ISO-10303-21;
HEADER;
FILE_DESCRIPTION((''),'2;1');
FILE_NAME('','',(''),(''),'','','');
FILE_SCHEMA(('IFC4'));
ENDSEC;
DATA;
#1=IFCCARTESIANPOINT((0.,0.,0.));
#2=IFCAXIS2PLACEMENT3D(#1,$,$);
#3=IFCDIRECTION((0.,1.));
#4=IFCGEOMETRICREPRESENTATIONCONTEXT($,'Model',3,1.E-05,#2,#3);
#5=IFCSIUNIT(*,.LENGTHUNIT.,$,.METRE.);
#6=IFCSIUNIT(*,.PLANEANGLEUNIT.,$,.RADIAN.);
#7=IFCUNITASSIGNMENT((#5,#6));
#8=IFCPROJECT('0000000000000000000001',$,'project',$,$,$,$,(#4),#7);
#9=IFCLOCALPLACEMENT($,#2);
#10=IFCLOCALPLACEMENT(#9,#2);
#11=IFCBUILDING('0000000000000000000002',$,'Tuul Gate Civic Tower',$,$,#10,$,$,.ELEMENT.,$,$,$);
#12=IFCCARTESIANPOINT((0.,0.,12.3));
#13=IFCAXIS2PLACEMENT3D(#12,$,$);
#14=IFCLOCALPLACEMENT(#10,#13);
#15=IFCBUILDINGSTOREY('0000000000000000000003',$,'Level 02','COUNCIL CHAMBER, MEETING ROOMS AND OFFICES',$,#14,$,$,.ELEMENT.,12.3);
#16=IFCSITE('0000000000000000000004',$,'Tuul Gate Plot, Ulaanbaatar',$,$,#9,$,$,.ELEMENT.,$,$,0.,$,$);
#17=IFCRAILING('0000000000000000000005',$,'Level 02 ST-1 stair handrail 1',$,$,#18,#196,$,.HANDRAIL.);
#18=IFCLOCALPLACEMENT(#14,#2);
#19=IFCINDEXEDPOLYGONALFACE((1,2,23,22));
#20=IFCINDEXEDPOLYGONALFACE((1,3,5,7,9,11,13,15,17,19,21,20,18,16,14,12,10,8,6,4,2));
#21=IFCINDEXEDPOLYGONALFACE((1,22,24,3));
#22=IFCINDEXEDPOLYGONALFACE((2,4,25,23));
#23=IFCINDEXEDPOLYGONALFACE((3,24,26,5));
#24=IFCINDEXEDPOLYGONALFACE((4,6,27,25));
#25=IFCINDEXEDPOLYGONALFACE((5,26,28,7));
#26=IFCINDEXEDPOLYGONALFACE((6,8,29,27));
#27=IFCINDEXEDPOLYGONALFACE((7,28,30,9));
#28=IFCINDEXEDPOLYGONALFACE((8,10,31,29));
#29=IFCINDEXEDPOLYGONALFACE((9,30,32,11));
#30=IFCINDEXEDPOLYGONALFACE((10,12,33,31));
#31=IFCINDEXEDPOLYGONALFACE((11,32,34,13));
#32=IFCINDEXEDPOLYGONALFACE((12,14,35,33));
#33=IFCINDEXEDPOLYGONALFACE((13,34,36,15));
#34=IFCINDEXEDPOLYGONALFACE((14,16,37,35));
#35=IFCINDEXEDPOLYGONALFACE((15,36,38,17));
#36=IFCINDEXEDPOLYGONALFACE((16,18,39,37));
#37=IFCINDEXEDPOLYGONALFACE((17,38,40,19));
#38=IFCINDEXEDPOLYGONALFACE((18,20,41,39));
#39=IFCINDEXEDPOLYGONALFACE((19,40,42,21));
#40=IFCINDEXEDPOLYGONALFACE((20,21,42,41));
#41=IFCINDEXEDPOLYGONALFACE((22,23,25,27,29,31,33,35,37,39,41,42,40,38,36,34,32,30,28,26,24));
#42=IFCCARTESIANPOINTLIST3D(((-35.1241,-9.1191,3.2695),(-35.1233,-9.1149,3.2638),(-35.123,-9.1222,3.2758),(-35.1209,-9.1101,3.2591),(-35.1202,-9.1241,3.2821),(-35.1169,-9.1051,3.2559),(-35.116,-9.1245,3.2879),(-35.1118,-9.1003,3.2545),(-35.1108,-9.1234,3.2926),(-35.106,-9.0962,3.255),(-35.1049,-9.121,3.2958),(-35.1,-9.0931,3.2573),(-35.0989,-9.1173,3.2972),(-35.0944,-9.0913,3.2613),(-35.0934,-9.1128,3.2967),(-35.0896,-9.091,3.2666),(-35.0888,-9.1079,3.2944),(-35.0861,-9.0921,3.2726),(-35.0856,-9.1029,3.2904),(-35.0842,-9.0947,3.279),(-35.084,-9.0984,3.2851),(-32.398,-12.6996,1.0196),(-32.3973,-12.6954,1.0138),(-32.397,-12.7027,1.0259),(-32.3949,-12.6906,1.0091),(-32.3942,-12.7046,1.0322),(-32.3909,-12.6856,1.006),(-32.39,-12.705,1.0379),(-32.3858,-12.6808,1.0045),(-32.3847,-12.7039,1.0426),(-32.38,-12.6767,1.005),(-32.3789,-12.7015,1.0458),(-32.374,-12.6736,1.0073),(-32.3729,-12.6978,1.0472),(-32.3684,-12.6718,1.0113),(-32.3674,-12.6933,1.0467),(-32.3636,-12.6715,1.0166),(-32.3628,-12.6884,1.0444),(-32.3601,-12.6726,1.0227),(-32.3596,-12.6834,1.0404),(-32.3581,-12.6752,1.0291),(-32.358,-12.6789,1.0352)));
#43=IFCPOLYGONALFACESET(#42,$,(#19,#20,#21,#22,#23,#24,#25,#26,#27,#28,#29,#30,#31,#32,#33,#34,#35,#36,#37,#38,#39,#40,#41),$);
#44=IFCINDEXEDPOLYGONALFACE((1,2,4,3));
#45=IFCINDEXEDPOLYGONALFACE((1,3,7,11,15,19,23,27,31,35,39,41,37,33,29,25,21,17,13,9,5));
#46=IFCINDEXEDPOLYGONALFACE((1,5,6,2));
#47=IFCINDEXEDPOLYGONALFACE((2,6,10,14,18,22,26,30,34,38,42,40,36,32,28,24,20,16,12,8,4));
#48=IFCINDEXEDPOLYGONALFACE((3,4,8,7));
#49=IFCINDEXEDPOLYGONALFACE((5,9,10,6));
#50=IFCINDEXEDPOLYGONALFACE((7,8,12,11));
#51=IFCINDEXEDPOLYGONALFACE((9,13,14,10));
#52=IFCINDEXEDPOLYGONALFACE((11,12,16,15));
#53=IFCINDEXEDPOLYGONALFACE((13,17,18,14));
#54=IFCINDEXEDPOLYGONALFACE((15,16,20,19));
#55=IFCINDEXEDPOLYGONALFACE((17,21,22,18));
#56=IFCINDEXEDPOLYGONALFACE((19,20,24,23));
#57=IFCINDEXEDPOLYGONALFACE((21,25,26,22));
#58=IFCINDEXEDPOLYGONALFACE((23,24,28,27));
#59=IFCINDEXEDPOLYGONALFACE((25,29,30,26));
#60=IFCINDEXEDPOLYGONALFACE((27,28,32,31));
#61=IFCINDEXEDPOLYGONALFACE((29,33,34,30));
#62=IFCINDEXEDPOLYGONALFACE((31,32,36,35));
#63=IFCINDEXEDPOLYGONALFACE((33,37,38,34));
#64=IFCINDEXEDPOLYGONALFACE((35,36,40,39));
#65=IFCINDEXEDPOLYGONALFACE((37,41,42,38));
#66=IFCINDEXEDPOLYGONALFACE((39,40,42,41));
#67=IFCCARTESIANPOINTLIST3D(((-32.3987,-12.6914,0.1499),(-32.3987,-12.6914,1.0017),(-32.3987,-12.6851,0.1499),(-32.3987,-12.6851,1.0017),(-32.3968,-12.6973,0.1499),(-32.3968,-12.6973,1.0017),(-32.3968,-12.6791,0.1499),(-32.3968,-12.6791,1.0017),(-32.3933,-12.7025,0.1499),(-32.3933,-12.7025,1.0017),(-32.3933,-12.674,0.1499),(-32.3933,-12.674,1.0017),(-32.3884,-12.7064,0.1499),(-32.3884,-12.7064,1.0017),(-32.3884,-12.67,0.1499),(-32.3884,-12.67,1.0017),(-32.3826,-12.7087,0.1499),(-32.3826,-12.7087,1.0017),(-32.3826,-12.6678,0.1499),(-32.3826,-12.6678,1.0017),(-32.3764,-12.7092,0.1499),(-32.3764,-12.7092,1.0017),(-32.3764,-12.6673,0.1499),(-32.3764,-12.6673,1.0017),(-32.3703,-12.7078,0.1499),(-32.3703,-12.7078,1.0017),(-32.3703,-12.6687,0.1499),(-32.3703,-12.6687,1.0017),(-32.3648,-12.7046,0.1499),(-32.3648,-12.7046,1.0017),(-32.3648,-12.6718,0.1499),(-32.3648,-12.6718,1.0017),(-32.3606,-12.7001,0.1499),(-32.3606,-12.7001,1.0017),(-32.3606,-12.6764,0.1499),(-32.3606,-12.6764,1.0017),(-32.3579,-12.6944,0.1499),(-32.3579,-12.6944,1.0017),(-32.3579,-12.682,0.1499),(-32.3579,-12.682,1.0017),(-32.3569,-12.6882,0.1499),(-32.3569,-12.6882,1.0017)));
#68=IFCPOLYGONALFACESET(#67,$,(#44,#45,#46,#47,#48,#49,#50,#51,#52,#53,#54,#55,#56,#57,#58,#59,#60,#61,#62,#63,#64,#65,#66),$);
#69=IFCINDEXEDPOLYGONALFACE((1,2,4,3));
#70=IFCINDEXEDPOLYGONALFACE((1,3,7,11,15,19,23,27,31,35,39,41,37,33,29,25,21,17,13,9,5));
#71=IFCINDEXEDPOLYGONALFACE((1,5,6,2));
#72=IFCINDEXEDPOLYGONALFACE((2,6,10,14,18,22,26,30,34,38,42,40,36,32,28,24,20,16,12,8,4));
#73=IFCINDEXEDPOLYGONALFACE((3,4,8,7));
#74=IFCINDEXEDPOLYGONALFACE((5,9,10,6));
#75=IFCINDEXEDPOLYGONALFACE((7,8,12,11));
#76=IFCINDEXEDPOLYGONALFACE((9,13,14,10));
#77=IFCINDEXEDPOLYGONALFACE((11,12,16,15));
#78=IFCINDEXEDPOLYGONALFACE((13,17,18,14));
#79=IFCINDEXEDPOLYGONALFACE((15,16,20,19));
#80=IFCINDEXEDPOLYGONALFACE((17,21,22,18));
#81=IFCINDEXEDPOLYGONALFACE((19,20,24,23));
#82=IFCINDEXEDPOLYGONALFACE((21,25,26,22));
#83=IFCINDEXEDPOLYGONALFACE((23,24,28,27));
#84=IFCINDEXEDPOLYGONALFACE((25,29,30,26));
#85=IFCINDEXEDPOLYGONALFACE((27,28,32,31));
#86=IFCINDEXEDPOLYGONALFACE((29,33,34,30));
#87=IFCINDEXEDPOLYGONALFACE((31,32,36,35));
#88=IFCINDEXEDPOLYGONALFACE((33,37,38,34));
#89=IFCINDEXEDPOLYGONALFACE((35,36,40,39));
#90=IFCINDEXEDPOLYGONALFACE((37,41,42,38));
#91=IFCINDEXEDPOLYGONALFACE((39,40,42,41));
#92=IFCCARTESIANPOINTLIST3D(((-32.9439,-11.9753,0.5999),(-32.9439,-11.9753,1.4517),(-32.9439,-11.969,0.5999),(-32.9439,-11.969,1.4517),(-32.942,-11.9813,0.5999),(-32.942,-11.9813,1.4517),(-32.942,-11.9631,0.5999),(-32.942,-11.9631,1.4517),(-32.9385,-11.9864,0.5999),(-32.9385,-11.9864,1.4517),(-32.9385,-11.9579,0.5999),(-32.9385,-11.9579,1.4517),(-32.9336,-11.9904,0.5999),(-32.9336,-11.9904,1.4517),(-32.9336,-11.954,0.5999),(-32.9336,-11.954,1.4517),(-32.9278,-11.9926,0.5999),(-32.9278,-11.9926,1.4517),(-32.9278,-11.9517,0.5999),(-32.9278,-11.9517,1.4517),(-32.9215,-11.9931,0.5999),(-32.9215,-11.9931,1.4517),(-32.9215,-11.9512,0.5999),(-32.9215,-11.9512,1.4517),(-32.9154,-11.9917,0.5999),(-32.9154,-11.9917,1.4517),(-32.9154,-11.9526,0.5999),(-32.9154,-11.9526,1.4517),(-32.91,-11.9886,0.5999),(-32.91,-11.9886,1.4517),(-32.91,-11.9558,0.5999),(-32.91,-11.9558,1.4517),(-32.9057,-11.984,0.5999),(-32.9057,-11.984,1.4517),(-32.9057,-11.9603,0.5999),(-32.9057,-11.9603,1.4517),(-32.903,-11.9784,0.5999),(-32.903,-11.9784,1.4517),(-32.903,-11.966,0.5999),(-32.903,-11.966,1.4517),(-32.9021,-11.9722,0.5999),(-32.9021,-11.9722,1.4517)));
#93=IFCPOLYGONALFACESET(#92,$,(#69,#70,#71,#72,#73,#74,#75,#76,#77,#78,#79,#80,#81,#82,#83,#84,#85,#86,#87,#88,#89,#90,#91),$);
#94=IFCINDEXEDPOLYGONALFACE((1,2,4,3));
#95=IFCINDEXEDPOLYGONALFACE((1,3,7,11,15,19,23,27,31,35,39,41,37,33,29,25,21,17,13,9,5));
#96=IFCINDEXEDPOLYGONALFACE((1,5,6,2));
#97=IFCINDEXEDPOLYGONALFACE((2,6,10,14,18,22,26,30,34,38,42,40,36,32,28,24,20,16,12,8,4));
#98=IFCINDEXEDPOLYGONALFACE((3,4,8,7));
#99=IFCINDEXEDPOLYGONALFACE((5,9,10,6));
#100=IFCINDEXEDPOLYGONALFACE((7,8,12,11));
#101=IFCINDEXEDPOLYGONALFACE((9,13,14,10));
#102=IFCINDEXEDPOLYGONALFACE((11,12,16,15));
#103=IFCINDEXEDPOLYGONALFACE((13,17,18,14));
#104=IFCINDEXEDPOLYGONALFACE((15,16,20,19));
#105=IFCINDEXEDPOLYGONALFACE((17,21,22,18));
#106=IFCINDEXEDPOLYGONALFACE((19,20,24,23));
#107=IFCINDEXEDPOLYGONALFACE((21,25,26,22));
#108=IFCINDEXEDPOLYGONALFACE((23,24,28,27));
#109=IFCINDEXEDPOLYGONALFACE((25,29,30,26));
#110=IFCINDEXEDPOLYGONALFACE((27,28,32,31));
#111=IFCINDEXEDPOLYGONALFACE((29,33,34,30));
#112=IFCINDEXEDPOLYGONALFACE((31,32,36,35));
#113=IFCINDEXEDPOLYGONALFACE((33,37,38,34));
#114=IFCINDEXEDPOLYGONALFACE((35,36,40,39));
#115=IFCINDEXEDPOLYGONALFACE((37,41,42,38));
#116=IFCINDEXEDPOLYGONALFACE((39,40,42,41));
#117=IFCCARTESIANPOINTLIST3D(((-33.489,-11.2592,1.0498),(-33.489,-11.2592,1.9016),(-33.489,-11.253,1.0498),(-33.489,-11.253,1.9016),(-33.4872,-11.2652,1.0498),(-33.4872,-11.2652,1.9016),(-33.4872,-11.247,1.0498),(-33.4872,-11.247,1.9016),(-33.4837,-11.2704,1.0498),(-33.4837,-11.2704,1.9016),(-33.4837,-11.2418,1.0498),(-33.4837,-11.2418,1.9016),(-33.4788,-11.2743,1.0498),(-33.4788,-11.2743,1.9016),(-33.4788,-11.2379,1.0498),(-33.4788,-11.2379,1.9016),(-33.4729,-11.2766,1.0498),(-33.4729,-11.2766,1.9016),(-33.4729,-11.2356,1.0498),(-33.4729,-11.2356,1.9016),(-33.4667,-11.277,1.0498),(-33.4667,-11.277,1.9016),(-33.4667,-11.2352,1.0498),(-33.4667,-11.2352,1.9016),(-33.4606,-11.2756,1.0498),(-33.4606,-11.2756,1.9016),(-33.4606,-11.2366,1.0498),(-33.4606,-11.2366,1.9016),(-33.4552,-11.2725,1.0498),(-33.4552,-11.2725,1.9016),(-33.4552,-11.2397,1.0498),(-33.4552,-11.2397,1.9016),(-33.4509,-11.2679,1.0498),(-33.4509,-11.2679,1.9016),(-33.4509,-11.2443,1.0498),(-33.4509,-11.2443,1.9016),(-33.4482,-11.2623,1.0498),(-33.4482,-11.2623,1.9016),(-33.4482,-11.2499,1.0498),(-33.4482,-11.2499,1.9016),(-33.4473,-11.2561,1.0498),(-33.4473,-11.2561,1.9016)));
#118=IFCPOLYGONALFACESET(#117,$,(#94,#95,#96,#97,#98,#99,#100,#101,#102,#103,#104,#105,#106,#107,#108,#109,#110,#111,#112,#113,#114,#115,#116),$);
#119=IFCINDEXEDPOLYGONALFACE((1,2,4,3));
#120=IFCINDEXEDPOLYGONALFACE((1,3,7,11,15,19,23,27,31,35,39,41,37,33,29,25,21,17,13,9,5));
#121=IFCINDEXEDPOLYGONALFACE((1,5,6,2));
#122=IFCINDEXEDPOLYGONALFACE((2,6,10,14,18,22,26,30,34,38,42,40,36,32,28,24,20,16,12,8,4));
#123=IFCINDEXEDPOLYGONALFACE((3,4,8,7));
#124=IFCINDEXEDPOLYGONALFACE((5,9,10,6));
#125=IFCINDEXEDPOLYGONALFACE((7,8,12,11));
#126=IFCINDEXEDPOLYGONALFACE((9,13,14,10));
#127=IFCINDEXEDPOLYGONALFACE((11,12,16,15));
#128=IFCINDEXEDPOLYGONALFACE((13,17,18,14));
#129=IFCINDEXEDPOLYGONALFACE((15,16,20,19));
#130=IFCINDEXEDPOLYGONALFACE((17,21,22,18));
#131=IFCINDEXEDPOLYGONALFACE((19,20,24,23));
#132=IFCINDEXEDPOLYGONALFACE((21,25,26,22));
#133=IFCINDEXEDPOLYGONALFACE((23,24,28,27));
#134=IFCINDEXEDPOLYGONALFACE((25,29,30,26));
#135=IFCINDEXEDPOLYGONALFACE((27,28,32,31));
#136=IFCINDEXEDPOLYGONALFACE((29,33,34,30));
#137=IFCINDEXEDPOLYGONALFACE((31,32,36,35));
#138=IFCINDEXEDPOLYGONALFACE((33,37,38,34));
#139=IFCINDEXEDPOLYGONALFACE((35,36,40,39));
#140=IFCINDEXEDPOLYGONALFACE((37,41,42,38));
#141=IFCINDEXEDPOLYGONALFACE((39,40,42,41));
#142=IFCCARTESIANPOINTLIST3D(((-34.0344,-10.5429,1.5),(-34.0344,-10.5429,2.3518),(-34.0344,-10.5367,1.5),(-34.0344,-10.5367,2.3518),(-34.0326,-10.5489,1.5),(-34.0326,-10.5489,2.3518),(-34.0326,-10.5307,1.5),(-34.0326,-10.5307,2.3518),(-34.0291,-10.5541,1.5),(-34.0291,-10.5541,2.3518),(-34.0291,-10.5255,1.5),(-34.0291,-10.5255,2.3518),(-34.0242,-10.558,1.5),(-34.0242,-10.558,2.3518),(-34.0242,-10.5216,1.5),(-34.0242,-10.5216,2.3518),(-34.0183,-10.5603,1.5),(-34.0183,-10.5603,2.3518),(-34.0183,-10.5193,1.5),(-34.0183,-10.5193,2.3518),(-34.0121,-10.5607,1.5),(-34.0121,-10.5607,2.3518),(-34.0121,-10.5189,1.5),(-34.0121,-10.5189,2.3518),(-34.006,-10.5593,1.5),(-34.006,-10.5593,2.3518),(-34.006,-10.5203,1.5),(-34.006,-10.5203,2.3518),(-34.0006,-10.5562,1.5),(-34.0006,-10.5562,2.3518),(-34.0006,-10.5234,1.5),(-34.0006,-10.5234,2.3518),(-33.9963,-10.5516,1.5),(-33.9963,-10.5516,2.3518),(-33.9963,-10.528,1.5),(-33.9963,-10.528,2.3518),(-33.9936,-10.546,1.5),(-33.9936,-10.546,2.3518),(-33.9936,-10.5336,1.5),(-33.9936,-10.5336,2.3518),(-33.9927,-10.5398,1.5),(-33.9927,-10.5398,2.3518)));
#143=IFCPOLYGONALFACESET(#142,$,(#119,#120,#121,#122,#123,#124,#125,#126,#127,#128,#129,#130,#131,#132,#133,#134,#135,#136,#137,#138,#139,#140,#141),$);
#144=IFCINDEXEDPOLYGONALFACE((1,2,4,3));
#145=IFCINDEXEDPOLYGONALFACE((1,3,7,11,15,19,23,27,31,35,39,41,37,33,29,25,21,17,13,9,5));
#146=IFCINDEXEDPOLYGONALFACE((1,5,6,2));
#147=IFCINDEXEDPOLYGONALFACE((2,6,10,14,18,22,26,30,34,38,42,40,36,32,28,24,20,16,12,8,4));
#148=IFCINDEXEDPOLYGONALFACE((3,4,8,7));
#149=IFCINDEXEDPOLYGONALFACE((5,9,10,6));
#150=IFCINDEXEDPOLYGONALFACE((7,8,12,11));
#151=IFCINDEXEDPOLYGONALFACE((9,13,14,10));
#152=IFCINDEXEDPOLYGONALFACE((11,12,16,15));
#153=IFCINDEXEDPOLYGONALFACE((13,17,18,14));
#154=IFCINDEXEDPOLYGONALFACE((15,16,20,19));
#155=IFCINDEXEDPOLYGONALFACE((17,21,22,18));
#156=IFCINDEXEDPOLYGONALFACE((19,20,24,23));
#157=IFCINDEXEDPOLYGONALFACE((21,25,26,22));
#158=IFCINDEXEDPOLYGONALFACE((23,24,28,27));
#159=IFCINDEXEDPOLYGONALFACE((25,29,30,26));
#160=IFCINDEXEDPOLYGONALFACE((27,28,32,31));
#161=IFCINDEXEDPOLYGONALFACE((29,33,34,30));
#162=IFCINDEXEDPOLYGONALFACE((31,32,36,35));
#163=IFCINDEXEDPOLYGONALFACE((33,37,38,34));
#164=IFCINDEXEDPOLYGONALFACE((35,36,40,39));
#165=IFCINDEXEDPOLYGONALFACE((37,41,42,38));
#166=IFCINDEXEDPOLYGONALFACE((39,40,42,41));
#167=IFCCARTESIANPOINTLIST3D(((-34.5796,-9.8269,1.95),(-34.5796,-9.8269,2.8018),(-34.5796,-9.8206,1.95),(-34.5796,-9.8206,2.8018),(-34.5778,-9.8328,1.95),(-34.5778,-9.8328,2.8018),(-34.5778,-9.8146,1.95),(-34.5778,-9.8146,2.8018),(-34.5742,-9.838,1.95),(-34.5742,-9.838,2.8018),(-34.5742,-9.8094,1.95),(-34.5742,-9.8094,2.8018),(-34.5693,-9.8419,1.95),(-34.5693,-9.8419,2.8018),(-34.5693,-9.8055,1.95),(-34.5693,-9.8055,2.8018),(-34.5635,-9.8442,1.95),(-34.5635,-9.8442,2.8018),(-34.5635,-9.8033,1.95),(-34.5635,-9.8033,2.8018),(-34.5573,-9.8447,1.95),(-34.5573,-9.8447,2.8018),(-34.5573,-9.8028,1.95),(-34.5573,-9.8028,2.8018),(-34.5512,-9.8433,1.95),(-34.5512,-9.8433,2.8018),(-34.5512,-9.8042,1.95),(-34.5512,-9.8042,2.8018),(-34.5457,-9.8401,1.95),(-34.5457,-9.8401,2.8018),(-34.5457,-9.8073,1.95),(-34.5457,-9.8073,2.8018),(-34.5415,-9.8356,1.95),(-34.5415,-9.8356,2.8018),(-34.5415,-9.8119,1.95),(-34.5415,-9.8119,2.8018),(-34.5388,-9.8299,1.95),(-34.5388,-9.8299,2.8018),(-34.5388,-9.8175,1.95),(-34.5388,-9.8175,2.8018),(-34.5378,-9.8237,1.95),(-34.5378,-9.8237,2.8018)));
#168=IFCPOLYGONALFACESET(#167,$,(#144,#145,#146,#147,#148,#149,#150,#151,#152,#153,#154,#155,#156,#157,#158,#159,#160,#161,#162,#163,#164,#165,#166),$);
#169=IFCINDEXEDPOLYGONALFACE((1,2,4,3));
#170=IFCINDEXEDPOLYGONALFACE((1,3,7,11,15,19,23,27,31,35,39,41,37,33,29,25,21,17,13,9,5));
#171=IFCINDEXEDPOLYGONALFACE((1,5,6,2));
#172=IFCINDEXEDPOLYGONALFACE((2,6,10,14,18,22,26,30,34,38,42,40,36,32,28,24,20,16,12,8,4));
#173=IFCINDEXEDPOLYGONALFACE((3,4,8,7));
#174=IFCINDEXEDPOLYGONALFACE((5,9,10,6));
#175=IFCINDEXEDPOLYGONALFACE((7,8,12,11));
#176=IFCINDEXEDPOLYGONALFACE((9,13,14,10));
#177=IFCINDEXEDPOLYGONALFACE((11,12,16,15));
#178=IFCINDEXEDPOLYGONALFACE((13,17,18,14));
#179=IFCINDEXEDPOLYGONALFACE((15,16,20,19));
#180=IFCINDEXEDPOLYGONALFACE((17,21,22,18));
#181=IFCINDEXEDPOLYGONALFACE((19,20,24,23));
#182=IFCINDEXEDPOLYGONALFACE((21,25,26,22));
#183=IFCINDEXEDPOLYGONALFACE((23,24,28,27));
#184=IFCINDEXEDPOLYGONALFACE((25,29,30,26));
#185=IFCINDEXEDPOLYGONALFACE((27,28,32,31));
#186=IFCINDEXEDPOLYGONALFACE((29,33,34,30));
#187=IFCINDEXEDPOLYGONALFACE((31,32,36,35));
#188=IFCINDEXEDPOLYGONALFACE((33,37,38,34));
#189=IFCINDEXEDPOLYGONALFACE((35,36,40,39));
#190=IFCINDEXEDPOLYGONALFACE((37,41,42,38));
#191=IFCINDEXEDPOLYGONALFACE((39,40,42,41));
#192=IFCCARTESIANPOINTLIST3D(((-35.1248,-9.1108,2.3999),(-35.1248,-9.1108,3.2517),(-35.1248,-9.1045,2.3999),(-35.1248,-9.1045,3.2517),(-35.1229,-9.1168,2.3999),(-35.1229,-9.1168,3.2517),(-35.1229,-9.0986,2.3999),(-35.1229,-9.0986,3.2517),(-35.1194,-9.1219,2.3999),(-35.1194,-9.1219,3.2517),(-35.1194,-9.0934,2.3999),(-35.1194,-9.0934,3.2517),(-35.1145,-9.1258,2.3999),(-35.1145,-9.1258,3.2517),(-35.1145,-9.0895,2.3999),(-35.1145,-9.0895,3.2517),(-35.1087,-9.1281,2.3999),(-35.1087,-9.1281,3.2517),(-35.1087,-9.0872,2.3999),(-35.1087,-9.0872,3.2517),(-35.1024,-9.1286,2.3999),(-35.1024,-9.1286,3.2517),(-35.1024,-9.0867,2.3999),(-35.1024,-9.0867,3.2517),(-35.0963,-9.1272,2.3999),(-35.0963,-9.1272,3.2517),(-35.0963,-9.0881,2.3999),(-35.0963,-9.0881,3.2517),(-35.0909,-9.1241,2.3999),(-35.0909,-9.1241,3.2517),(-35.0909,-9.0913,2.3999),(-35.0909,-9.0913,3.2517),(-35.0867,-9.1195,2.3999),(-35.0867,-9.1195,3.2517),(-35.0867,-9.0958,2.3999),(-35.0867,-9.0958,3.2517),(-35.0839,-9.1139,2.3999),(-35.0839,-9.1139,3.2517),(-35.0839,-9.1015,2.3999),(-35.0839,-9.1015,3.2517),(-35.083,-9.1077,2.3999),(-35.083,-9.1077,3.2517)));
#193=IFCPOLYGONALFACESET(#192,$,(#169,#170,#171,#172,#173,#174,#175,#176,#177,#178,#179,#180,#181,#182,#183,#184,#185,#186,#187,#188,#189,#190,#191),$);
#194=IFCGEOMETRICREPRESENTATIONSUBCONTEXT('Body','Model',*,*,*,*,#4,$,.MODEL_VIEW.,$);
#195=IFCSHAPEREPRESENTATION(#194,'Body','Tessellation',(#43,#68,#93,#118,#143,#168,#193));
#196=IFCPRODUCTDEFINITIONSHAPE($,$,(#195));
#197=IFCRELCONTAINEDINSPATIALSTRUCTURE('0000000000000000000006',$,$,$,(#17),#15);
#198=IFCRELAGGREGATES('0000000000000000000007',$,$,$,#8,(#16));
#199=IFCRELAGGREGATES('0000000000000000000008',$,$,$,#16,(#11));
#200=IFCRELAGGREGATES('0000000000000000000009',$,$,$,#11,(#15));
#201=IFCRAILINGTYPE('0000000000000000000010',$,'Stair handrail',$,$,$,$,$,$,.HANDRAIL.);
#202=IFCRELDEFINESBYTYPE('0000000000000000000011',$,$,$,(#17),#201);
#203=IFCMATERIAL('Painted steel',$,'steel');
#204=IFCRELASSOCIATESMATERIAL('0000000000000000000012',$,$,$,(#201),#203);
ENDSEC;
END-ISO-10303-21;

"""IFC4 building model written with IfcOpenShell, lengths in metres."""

from ifc_helpers import new_model, si_unit, direction, frame, origin, origin_2d, place, context, subcontext, project, spatial, circle, extrude, material, type_object, element, save


model = new_model("IFC4")

# Units and contexts
model_context = context("Model", 3, precision=1e-05, world=origin(), true_north=direction((0.0, 1.0)))
body_context = subcontext(model_context, "Body", "Model", "MODEL_VIEW")
ifc_project = project(units=[si_unit("LENGTHUNIT", "METRE"), si_unit("PLANEANGLEUNIT", "RADIAN")], contexts=[model_context])

# Site, building, storey
site_placement = place(None, origin())
site = spatial("IfcSite", under=ifc_project, at=site_placement, Name="Tuul Gate Plot, Ulaanbaatar", CompositionType="ELEMENT", RefElevation=0.0)
building_placement = place(site_placement, origin())
building = spatial("IfcBuilding", under=site, at=building_placement, Name="Tuul Gate Civic Tower", CompositionType="ELEMENT")
storey_placement = place(building_placement, frame((0.0, 0.0, 12.3)))
storey = spatial("IfcBuildingStorey", under=building, at=storey_placement, Name="Level 02", Description="COUNCIL CHAMBER, MEETING ROOMS AND OFFICES", CompositionType="ELEMENT", Elevation=12.3)

# Railing
ifc_material_1 = material(Name="Painted steel", Category="steel")
railing_type_1 = type_object("IfcRailingType", Name="Stair handrail", PredefinedType="HANDRAIL", material=ifc_material_1)
railing_1_placement = place(storey_placement, frame((-32.3779, -12.6882, 0.1499)))
element("IfcRailing", 1, at=railing_1_placement, inside=storey, type_object=railing_type_1, Name="Level 02 ST-1 stair handrail 1", PredefinedType="HANDRAIL", context=body_context, shape_type="SweptSolid", body=[
    extrude(circle(Radius=0.0239, at=origin_2d()), frame((0.0, 0.0, 0.876), z_axis=(-0.541818, 0.711652, 0.447196), x_axis=(-0.795643, -0.605765, 0.0)), (0.0, 0.0, 1.0), 5.0312),
    extrude(circle(Radius=0.021, at=origin_2d()), origin(), (0.0, 0.0, 1.0), 0.8518),
    extrude(circle(Radius=0.021, at=origin_2d()), frame((-0.5452, 0.7161, 0.45)), (0.0, 0.0, 1.0), 0.8518),
    extrude(circle(Radius=0.021, at=origin_2d()), frame((-1.0903, 1.4321, 0.8999)), (0.0, 0.0, 1.0), 0.8518),
    extrude(circle(Radius=0.021, at=origin_2d()), frame((-1.6357, 2.1484, 1.3501)), (0.0, 0.0, 1.0), 0.8518),
    extrude(circle(Radius=0.021, at=origin_2d()), frame((-2.1809, 2.8645, 1.8)), (0.0, 0.0, 1.0), 0.8518),
    extrude(circle(Radius=0.021, at=origin_2d()), frame((-2.7261, 3.5806, 2.25)), (0.0, 0.0, 1.0), 0.8518),
])

save(model, "model.ifc")
